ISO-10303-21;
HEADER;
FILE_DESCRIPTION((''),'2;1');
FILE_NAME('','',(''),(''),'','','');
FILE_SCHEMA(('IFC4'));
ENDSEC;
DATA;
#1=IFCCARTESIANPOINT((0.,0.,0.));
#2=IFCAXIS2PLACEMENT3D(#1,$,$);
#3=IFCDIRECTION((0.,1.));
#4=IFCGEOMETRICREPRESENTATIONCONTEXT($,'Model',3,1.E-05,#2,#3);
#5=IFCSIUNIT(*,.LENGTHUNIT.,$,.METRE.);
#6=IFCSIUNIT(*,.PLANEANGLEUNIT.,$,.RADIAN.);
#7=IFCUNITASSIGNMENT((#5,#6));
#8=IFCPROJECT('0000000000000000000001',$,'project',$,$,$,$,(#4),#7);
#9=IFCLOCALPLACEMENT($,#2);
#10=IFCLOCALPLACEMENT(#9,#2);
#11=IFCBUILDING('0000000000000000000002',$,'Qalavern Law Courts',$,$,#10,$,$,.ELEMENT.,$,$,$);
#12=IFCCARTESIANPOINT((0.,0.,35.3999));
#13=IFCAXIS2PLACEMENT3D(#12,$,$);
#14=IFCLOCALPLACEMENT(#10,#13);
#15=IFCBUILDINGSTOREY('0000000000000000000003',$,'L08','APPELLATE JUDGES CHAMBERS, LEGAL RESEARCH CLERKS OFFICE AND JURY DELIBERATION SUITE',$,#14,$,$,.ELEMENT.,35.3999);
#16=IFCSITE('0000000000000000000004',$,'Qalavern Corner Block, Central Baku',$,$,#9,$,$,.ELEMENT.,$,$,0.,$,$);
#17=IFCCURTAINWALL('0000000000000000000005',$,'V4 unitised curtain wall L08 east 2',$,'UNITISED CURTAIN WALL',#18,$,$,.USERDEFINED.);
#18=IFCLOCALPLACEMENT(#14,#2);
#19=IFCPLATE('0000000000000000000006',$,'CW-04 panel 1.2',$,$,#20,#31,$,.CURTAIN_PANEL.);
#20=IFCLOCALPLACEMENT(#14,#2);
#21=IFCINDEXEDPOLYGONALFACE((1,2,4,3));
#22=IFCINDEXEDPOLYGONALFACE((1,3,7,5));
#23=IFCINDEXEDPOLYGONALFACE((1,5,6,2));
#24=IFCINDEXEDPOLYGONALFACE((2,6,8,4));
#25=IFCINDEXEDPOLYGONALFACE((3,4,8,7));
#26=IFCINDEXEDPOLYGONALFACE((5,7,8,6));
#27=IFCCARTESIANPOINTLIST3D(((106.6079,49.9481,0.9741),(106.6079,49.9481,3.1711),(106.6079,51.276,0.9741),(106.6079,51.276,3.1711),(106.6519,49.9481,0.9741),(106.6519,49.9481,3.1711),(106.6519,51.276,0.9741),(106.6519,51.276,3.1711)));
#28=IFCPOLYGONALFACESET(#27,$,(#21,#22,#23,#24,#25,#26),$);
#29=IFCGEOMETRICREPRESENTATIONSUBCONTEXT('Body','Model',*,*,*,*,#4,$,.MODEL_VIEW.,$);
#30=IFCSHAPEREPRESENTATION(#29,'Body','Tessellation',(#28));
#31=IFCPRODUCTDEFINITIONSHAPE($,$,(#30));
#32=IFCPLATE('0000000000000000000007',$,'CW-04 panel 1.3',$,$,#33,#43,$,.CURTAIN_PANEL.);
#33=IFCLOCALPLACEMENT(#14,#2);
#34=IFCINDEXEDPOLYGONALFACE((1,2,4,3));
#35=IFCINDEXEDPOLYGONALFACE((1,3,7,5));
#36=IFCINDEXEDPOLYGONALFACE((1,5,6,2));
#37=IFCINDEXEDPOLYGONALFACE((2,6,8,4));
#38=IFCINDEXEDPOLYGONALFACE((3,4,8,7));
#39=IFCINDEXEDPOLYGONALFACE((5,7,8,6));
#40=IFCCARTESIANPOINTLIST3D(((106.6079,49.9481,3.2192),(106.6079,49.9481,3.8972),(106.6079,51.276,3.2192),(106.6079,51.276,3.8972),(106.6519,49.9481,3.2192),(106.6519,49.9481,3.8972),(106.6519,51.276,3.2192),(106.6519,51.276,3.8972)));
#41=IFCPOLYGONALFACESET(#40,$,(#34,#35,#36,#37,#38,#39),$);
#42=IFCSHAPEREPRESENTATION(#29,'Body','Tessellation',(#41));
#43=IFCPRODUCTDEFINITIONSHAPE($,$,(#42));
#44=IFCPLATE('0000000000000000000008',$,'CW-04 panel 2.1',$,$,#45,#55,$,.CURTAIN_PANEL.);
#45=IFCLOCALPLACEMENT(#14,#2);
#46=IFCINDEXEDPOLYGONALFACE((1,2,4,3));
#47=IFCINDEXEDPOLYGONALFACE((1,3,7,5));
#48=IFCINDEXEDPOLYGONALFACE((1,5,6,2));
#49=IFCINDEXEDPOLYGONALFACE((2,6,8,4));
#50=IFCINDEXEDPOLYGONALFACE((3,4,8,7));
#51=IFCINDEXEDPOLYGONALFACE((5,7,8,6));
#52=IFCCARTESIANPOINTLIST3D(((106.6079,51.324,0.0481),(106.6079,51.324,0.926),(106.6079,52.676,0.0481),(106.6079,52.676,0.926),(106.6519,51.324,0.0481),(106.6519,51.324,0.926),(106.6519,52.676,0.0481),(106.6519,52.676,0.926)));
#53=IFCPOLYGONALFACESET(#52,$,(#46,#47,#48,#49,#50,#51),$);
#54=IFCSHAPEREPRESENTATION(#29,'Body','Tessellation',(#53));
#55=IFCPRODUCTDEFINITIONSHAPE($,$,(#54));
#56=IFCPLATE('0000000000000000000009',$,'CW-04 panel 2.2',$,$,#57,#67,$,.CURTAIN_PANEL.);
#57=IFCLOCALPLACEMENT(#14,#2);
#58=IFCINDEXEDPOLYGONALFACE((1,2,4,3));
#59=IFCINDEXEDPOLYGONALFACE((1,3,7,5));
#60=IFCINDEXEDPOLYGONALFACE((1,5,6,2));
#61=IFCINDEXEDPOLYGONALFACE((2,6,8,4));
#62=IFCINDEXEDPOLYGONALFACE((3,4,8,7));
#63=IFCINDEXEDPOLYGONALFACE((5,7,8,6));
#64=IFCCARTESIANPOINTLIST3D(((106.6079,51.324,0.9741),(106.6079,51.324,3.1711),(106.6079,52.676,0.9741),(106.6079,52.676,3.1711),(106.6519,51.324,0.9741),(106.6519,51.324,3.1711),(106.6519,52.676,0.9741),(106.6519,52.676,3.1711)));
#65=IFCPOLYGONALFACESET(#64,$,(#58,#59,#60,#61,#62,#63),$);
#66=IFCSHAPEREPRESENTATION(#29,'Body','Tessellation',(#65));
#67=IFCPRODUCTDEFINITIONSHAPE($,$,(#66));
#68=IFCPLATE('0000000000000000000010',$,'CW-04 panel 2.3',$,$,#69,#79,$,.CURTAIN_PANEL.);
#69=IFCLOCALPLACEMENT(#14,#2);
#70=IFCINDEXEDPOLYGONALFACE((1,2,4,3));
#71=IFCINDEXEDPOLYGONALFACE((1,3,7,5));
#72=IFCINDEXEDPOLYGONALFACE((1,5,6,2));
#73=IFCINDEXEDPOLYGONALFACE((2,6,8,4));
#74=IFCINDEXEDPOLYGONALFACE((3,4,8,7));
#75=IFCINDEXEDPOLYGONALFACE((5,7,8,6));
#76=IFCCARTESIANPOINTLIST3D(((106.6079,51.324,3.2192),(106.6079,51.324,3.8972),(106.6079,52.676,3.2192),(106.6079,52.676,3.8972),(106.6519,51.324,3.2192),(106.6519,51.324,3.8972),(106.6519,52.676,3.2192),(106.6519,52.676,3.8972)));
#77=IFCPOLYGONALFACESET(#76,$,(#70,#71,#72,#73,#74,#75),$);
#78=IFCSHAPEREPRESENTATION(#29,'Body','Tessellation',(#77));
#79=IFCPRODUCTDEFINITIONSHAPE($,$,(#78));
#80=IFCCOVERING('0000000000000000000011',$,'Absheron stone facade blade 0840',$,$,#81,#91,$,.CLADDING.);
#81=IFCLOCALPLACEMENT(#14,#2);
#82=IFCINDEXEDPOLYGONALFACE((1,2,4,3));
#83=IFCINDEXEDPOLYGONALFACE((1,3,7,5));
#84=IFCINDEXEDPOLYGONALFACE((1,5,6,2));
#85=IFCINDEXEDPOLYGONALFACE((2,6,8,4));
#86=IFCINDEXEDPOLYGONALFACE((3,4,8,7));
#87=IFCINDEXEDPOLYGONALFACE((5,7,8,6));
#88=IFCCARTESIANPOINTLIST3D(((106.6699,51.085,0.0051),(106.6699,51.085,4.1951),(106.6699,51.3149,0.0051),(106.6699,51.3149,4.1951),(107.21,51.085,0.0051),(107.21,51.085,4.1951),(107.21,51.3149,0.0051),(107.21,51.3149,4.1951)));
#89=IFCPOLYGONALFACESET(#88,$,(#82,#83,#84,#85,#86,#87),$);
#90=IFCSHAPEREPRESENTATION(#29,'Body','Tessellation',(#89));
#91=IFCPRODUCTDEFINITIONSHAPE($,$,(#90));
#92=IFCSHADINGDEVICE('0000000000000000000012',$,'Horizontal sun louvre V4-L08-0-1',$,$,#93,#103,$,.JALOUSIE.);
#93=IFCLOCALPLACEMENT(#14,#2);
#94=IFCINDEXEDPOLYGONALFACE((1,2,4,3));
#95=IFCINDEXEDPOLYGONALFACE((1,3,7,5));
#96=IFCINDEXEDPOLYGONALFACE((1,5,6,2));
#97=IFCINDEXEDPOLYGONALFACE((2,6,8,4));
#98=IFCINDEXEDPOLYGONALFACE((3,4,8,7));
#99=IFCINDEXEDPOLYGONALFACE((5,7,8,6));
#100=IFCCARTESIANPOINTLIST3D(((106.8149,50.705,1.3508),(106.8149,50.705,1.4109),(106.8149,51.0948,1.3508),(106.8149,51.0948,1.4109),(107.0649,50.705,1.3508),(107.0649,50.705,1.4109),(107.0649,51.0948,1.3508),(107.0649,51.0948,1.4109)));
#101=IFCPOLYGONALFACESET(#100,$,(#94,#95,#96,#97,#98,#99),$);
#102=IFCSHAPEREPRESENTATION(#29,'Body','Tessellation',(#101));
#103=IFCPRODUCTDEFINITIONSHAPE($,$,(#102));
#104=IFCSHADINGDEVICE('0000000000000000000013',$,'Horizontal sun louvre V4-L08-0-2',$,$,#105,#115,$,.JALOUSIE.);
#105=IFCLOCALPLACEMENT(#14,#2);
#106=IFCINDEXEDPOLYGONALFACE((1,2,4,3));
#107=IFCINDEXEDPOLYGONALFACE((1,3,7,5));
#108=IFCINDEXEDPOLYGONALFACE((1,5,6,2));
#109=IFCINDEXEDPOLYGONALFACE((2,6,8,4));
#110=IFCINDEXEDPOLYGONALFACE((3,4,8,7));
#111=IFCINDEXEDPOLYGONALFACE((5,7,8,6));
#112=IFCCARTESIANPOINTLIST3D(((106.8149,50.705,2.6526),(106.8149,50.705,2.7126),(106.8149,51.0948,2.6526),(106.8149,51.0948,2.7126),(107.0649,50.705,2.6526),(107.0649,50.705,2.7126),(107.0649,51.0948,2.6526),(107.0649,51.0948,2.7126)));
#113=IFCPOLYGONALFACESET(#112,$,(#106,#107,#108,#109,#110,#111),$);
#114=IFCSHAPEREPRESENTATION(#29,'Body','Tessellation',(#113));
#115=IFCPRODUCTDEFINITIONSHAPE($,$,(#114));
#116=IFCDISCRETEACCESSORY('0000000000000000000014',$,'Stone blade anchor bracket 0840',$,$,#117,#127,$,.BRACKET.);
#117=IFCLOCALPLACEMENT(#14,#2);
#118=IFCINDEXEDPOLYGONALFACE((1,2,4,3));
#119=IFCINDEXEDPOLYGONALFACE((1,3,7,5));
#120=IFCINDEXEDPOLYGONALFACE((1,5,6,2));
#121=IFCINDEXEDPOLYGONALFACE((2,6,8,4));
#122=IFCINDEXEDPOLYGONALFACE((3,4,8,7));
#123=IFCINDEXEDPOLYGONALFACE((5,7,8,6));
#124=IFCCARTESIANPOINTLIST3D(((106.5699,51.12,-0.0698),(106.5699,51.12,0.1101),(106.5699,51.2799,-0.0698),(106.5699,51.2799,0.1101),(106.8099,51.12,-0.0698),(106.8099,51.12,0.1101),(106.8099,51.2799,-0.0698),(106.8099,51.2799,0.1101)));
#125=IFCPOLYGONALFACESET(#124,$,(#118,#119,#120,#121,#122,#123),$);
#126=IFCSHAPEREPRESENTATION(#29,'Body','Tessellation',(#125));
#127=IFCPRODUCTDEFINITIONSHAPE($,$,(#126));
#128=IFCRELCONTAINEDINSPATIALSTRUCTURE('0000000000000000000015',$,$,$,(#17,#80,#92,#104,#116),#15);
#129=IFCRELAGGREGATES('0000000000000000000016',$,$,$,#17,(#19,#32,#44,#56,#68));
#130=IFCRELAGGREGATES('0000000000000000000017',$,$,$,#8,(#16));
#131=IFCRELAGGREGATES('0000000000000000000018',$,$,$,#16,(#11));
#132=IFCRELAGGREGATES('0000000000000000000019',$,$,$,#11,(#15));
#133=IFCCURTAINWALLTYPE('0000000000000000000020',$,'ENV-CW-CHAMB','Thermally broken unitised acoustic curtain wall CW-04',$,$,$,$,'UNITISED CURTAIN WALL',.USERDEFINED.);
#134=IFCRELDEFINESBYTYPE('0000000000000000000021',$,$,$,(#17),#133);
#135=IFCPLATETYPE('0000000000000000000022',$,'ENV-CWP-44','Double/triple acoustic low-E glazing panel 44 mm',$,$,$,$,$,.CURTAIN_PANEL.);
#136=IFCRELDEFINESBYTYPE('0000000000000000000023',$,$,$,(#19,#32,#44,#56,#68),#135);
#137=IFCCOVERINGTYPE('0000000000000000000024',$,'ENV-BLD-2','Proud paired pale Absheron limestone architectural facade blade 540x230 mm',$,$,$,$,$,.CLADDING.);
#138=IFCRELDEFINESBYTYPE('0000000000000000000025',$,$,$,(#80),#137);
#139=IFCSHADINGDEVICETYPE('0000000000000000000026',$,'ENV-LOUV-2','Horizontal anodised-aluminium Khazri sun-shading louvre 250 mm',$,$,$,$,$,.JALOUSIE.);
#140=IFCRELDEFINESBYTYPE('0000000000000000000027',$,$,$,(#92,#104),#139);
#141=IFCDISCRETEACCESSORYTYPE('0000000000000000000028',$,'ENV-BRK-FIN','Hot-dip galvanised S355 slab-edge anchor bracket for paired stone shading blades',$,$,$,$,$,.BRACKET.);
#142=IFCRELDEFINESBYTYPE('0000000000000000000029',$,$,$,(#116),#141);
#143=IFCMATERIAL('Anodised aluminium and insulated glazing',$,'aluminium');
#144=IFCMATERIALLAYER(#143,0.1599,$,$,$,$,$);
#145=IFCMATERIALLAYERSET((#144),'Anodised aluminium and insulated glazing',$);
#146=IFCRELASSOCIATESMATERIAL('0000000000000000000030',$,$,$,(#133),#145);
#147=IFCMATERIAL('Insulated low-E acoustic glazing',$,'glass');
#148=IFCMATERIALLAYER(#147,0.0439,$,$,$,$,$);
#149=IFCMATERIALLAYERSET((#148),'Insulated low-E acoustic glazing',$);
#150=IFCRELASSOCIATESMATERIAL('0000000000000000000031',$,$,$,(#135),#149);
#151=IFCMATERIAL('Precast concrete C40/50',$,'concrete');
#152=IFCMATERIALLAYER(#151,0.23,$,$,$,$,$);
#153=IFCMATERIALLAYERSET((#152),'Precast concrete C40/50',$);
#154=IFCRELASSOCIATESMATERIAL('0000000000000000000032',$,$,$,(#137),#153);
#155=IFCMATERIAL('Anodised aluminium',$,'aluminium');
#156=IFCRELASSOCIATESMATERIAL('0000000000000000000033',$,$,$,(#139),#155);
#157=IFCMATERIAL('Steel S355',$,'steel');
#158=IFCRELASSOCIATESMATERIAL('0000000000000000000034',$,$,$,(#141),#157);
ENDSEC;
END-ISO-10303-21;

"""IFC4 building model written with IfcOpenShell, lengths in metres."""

from ifc_helpers import new_model, si_unit, direction, frame, origin, origin_2d, place, context, subcontext, project, spatial, rectangle, extrude, material, layer, layer_set, type_object, element, aggregate, save


model = new_model("IFC4")

# Units and contexts
model_context = context("Model", 3, precision=1e-05, world=origin(), true_north=direction((0.0, 1.0)))
body_context = subcontext(model_context, "Body", "Model", "MODEL_VIEW")
ifc_project = project(units=[si_unit("LENGTHUNIT", "METRE"), si_unit("PLANEANGLEUNIT", "RADIAN")], contexts=[model_context])

# Site, building, storey
site_placement = place(None, origin())
site = spatial("IfcSite", under=ifc_project, at=site_placement, Name="Qalavern Corner Block, Central Baku", CompositionType="ELEMENT", RefElevation=0.0)
building_placement = place(site_placement, origin())
building = spatial("IfcBuilding", under=site, at=building_placement, Name="Qalavern Law Courts", CompositionType="ELEMENT")
storey_placement = place(building_placement, frame((0.0, 0.0, 35.3999)))
storey = spatial("IfcBuildingStorey", under=building, at=storey_placement, Name="L08", Description="APPELLATE JUDGES CHAMBERS, LEGAL RESEARCH CLERKS OFFICE AND JURY DELIBERATION SUITE", CompositionType="ELEMENT", Elevation=35.3999)

# Curtain wall, plates
ifc_material_1 = material(Name="Anodised aluminium and insulated glazing", Category="aluminium")
ifc_layer_1 = layer(ifc_material_1, 0.1599)
ifc_layer_set_1 = layer_set([ifc_layer_1], Name="Anodised aluminium and insulated glazing")
curtain_wall_type = type_object("IfcCurtainWallType", Name="ENV-CW-CHAMB", Description="Thermally broken unitised acoustic curtain wall CW-04", ElementType="UNITISED CURTAIN WALL", PredefinedType="USERDEFINED", material=ifc_layer_set_1)
curtain_wall_placement = place(storey_placement, origin())
curtain_wall = element("IfcCurtainWall", 1, at=curtain_wall_placement, inside=storey, type_object=curtain_wall_type, Name="V4 unitised curtain wall L08 east 2", ObjectType="UNITISED CURTAIN WALL", PredefinedType="USERDEFINED")
ifc_material_2 = material(Name="Anodised aluminium", Category="aluminium")
ifc_material_3 = material(Name="Insulated low-E acoustic glazing", Category="glass")
ifc_layer_2 = layer(ifc_material_3, 0.0439)
ifc_layer_set_2 = layer_set([ifc_layer_2], Name="Insulated low-E acoustic glazing")
plate_type = type_object("IfcPlateType", Name="ENV-CWP-44", Description="Double/triple acoustic low-E glazing panel 44 mm", PredefinedType="CURTAIN_PANEL", material=ifc_layer_set_2)
plate_1_placement = place(storey_placement, frame((106.6299, 50.6121, 0.9741), z_axis=(0.0, 0.0, 1.0), x_axis=(0.0, 1.0, 0.0)))
plate_1 = element("IfcPlate", 2, at=plate_1_placement, type_object=plate_type, Name="CW-04 panel 1.2", PredefinedType="CURTAIN_PANEL", context=body_context, shape_type="SweptSolid", body=[
    extrude(rectangle(XDim=1.3279, YDim=0.0439, at=origin_2d()), origin(), (0.0, 0.0, 1.0), 2.197),
])
plate_2_placement = place(storey_placement, frame((106.6299, 50.6121, 3.2192), z_axis=(0.0, 0.0, 1.0), x_axis=(0.0, 1.0, 0.0)))
plate_2 = element("IfcPlate", 3, at=plate_2_placement, type_object=plate_type, Name="CW-04 panel 1.3", PredefinedType="CURTAIN_PANEL", context=body_context, shape_type="SweptSolid", body=[
    extrude(rectangle(XDim=1.3279, YDim=0.0439, at=origin_2d()), origin(), (0.0, 0.0, 1.0), 0.678),
])
plate_3_placement = place(storey_placement, frame((106.6299, 52.0, 0.0481), z_axis=(0.0, 0.0, 1.0), x_axis=(0.0, 1.0, 0.0)))
plate_3 = element("IfcPlate", 4, at=plate_3_placement, type_object=plate_type, Name="CW-04 panel 2.1", PredefinedType="CURTAIN_PANEL", context=body_context, shape_type="SweptSolid", body=[
    extrude(rectangle(XDim=1.3521, YDim=0.0439, at=origin_2d()), origin(), (0.0, 0.0, 1.0), 0.8779),
])
plate_4_placement = place(storey_placement, frame((106.6299, 52.0, 0.9741), z_axis=(0.0, 0.0, 1.0), x_axis=(0.0, 1.0, 0.0)))
plate_4 = element("IfcPlate", 5, at=plate_4_placement, type_object=plate_type, Name="CW-04 panel 2.2", PredefinedType="CURTAIN_PANEL", context=body_context, shape_type="SweptSolid", body=[
    extrude(rectangle(XDim=1.3521, YDim=0.0439, at=origin_2d()), origin(), (0.0, 0.0, 1.0), 2.197),
])
plate_5_placement = place(storey_placement, frame((106.6299, 52.0, 3.2192), z_axis=(0.0, 0.0, 1.0), x_axis=(0.0, 1.0, 0.0)))
plate_5 = element("IfcPlate", 6, at=plate_5_placement, type_object=plate_type, Name="CW-04 panel 2.3", PredefinedType="CURTAIN_PANEL", context=body_context, shape_type="SweptSolid", body=[
    extrude(rectangle(XDim=1.3521, YDim=0.0439, at=origin_2d()), origin(), (0.0, 0.0, 1.0), 0.678),
])
aggregate(curtain_wall, [plate_1, plate_2, plate_3, plate_4, plate_5])

# Covering
ifc_material_4 = material(Name="Precast concrete C40/50", Category="concrete")
ifc_layer_3 = layer(ifc_material_4, 0.23)
ifc_layer_set_3 = layer_set([ifc_layer_3], Name="Precast concrete C40/50")
covering_type = type_object("IfcCoveringType", Name="ENV-BLD-2", Description="Proud paired pale Absheron limestone architectural facade blade 540x230 mm", PredefinedType="CLADDING", material=ifc_layer_set_3)
covering_placement = place(storey_placement, frame((106.9399, 51.2, 0.0051), z_axis=(0.0, 0.0, 1.0), x_axis=(1.0, 0.0, 0.0)))
element("IfcCovering", 7, at=covering_placement, inside=storey, type_object=covering_type, Name="Absheron stone facade blade 0840", PredefinedType="CLADDING", context=body_context, shape_type="SweptSolid", body=[
    extrude(rectangle(XDim=0.54, YDim=0.23, at=origin_2d()), origin(), (0.0, 0.0, 1.0), 4.1899),
])

# Shading devices
shading_device_type = type_object("IfcShadingDeviceType", Name="ENV-LOUV-2", Description="Horizontal anodised-aluminium Khazri sun-shading louvre 250 mm", PredefinedType="JALOUSIE", material=ifc_material_2)
for number, where, z_axis, x_axis, name in (
    (8, (106.9399, 50.8999, 1.3508), (0.0, 0.0, 1.0), (0.0, 1.0, 0.0), "Horizontal sun louvre V4-L08-0-1"),
    (9, (106.9399, 50.8999, 2.6526), (0.0, 0.0, 1.0), (0.0, 1.0, 0.0), "Horizontal sun louvre V4-L08-0-2"),
):
    element("IfcShadingDevice", number, at=place(storey_placement, frame(where, z_axis=z_axis, x_axis=x_axis)), inside=storey, type_object=shading_device_type, Name=name, PredefinedType="JALOUSIE", context=body_context, shape_type="SweptSolid", body=[
        extrude(rectangle(XDim=0.3899, YDim=0.25, at=origin_2d()), origin(), (0.0, 0.0, 1.0), 0.0601),
    ])

# Discrete accessory
ifc_material_5 = material(Name="Steel S355", Category="steel")
discrete_accessory_type = type_object("IfcDiscreteAccessoryType", Name="ENV-BRK-FIN", Description="Hot-dip galvanised S355 slab-edge anchor bracket for paired stone shading blades", PredefinedType="BRACKET", material=ifc_material_5)
discrete_accessory_placement = place(storey_placement, frame((106.6899, 51.2, -0.0698), z_axis=(0.0, 0.0, 1.0), x_axis=(1.0, 0.0, 0.0)))
element("IfcDiscreteAccessory", 10, at=discrete_accessory_placement, inside=storey, type_object=discrete_accessory_type, Name="Stone blade anchor bracket 0840", PredefinedType="BRACKET", context=body_context, shape_type="SweptSolid", body=[
    extrude(rectangle(XDim=0.24, YDim=0.1599, at=origin_2d()), origin(), (0.0, 0.0, 1.0), 0.1799),
])

save(model, "model.ifc")
